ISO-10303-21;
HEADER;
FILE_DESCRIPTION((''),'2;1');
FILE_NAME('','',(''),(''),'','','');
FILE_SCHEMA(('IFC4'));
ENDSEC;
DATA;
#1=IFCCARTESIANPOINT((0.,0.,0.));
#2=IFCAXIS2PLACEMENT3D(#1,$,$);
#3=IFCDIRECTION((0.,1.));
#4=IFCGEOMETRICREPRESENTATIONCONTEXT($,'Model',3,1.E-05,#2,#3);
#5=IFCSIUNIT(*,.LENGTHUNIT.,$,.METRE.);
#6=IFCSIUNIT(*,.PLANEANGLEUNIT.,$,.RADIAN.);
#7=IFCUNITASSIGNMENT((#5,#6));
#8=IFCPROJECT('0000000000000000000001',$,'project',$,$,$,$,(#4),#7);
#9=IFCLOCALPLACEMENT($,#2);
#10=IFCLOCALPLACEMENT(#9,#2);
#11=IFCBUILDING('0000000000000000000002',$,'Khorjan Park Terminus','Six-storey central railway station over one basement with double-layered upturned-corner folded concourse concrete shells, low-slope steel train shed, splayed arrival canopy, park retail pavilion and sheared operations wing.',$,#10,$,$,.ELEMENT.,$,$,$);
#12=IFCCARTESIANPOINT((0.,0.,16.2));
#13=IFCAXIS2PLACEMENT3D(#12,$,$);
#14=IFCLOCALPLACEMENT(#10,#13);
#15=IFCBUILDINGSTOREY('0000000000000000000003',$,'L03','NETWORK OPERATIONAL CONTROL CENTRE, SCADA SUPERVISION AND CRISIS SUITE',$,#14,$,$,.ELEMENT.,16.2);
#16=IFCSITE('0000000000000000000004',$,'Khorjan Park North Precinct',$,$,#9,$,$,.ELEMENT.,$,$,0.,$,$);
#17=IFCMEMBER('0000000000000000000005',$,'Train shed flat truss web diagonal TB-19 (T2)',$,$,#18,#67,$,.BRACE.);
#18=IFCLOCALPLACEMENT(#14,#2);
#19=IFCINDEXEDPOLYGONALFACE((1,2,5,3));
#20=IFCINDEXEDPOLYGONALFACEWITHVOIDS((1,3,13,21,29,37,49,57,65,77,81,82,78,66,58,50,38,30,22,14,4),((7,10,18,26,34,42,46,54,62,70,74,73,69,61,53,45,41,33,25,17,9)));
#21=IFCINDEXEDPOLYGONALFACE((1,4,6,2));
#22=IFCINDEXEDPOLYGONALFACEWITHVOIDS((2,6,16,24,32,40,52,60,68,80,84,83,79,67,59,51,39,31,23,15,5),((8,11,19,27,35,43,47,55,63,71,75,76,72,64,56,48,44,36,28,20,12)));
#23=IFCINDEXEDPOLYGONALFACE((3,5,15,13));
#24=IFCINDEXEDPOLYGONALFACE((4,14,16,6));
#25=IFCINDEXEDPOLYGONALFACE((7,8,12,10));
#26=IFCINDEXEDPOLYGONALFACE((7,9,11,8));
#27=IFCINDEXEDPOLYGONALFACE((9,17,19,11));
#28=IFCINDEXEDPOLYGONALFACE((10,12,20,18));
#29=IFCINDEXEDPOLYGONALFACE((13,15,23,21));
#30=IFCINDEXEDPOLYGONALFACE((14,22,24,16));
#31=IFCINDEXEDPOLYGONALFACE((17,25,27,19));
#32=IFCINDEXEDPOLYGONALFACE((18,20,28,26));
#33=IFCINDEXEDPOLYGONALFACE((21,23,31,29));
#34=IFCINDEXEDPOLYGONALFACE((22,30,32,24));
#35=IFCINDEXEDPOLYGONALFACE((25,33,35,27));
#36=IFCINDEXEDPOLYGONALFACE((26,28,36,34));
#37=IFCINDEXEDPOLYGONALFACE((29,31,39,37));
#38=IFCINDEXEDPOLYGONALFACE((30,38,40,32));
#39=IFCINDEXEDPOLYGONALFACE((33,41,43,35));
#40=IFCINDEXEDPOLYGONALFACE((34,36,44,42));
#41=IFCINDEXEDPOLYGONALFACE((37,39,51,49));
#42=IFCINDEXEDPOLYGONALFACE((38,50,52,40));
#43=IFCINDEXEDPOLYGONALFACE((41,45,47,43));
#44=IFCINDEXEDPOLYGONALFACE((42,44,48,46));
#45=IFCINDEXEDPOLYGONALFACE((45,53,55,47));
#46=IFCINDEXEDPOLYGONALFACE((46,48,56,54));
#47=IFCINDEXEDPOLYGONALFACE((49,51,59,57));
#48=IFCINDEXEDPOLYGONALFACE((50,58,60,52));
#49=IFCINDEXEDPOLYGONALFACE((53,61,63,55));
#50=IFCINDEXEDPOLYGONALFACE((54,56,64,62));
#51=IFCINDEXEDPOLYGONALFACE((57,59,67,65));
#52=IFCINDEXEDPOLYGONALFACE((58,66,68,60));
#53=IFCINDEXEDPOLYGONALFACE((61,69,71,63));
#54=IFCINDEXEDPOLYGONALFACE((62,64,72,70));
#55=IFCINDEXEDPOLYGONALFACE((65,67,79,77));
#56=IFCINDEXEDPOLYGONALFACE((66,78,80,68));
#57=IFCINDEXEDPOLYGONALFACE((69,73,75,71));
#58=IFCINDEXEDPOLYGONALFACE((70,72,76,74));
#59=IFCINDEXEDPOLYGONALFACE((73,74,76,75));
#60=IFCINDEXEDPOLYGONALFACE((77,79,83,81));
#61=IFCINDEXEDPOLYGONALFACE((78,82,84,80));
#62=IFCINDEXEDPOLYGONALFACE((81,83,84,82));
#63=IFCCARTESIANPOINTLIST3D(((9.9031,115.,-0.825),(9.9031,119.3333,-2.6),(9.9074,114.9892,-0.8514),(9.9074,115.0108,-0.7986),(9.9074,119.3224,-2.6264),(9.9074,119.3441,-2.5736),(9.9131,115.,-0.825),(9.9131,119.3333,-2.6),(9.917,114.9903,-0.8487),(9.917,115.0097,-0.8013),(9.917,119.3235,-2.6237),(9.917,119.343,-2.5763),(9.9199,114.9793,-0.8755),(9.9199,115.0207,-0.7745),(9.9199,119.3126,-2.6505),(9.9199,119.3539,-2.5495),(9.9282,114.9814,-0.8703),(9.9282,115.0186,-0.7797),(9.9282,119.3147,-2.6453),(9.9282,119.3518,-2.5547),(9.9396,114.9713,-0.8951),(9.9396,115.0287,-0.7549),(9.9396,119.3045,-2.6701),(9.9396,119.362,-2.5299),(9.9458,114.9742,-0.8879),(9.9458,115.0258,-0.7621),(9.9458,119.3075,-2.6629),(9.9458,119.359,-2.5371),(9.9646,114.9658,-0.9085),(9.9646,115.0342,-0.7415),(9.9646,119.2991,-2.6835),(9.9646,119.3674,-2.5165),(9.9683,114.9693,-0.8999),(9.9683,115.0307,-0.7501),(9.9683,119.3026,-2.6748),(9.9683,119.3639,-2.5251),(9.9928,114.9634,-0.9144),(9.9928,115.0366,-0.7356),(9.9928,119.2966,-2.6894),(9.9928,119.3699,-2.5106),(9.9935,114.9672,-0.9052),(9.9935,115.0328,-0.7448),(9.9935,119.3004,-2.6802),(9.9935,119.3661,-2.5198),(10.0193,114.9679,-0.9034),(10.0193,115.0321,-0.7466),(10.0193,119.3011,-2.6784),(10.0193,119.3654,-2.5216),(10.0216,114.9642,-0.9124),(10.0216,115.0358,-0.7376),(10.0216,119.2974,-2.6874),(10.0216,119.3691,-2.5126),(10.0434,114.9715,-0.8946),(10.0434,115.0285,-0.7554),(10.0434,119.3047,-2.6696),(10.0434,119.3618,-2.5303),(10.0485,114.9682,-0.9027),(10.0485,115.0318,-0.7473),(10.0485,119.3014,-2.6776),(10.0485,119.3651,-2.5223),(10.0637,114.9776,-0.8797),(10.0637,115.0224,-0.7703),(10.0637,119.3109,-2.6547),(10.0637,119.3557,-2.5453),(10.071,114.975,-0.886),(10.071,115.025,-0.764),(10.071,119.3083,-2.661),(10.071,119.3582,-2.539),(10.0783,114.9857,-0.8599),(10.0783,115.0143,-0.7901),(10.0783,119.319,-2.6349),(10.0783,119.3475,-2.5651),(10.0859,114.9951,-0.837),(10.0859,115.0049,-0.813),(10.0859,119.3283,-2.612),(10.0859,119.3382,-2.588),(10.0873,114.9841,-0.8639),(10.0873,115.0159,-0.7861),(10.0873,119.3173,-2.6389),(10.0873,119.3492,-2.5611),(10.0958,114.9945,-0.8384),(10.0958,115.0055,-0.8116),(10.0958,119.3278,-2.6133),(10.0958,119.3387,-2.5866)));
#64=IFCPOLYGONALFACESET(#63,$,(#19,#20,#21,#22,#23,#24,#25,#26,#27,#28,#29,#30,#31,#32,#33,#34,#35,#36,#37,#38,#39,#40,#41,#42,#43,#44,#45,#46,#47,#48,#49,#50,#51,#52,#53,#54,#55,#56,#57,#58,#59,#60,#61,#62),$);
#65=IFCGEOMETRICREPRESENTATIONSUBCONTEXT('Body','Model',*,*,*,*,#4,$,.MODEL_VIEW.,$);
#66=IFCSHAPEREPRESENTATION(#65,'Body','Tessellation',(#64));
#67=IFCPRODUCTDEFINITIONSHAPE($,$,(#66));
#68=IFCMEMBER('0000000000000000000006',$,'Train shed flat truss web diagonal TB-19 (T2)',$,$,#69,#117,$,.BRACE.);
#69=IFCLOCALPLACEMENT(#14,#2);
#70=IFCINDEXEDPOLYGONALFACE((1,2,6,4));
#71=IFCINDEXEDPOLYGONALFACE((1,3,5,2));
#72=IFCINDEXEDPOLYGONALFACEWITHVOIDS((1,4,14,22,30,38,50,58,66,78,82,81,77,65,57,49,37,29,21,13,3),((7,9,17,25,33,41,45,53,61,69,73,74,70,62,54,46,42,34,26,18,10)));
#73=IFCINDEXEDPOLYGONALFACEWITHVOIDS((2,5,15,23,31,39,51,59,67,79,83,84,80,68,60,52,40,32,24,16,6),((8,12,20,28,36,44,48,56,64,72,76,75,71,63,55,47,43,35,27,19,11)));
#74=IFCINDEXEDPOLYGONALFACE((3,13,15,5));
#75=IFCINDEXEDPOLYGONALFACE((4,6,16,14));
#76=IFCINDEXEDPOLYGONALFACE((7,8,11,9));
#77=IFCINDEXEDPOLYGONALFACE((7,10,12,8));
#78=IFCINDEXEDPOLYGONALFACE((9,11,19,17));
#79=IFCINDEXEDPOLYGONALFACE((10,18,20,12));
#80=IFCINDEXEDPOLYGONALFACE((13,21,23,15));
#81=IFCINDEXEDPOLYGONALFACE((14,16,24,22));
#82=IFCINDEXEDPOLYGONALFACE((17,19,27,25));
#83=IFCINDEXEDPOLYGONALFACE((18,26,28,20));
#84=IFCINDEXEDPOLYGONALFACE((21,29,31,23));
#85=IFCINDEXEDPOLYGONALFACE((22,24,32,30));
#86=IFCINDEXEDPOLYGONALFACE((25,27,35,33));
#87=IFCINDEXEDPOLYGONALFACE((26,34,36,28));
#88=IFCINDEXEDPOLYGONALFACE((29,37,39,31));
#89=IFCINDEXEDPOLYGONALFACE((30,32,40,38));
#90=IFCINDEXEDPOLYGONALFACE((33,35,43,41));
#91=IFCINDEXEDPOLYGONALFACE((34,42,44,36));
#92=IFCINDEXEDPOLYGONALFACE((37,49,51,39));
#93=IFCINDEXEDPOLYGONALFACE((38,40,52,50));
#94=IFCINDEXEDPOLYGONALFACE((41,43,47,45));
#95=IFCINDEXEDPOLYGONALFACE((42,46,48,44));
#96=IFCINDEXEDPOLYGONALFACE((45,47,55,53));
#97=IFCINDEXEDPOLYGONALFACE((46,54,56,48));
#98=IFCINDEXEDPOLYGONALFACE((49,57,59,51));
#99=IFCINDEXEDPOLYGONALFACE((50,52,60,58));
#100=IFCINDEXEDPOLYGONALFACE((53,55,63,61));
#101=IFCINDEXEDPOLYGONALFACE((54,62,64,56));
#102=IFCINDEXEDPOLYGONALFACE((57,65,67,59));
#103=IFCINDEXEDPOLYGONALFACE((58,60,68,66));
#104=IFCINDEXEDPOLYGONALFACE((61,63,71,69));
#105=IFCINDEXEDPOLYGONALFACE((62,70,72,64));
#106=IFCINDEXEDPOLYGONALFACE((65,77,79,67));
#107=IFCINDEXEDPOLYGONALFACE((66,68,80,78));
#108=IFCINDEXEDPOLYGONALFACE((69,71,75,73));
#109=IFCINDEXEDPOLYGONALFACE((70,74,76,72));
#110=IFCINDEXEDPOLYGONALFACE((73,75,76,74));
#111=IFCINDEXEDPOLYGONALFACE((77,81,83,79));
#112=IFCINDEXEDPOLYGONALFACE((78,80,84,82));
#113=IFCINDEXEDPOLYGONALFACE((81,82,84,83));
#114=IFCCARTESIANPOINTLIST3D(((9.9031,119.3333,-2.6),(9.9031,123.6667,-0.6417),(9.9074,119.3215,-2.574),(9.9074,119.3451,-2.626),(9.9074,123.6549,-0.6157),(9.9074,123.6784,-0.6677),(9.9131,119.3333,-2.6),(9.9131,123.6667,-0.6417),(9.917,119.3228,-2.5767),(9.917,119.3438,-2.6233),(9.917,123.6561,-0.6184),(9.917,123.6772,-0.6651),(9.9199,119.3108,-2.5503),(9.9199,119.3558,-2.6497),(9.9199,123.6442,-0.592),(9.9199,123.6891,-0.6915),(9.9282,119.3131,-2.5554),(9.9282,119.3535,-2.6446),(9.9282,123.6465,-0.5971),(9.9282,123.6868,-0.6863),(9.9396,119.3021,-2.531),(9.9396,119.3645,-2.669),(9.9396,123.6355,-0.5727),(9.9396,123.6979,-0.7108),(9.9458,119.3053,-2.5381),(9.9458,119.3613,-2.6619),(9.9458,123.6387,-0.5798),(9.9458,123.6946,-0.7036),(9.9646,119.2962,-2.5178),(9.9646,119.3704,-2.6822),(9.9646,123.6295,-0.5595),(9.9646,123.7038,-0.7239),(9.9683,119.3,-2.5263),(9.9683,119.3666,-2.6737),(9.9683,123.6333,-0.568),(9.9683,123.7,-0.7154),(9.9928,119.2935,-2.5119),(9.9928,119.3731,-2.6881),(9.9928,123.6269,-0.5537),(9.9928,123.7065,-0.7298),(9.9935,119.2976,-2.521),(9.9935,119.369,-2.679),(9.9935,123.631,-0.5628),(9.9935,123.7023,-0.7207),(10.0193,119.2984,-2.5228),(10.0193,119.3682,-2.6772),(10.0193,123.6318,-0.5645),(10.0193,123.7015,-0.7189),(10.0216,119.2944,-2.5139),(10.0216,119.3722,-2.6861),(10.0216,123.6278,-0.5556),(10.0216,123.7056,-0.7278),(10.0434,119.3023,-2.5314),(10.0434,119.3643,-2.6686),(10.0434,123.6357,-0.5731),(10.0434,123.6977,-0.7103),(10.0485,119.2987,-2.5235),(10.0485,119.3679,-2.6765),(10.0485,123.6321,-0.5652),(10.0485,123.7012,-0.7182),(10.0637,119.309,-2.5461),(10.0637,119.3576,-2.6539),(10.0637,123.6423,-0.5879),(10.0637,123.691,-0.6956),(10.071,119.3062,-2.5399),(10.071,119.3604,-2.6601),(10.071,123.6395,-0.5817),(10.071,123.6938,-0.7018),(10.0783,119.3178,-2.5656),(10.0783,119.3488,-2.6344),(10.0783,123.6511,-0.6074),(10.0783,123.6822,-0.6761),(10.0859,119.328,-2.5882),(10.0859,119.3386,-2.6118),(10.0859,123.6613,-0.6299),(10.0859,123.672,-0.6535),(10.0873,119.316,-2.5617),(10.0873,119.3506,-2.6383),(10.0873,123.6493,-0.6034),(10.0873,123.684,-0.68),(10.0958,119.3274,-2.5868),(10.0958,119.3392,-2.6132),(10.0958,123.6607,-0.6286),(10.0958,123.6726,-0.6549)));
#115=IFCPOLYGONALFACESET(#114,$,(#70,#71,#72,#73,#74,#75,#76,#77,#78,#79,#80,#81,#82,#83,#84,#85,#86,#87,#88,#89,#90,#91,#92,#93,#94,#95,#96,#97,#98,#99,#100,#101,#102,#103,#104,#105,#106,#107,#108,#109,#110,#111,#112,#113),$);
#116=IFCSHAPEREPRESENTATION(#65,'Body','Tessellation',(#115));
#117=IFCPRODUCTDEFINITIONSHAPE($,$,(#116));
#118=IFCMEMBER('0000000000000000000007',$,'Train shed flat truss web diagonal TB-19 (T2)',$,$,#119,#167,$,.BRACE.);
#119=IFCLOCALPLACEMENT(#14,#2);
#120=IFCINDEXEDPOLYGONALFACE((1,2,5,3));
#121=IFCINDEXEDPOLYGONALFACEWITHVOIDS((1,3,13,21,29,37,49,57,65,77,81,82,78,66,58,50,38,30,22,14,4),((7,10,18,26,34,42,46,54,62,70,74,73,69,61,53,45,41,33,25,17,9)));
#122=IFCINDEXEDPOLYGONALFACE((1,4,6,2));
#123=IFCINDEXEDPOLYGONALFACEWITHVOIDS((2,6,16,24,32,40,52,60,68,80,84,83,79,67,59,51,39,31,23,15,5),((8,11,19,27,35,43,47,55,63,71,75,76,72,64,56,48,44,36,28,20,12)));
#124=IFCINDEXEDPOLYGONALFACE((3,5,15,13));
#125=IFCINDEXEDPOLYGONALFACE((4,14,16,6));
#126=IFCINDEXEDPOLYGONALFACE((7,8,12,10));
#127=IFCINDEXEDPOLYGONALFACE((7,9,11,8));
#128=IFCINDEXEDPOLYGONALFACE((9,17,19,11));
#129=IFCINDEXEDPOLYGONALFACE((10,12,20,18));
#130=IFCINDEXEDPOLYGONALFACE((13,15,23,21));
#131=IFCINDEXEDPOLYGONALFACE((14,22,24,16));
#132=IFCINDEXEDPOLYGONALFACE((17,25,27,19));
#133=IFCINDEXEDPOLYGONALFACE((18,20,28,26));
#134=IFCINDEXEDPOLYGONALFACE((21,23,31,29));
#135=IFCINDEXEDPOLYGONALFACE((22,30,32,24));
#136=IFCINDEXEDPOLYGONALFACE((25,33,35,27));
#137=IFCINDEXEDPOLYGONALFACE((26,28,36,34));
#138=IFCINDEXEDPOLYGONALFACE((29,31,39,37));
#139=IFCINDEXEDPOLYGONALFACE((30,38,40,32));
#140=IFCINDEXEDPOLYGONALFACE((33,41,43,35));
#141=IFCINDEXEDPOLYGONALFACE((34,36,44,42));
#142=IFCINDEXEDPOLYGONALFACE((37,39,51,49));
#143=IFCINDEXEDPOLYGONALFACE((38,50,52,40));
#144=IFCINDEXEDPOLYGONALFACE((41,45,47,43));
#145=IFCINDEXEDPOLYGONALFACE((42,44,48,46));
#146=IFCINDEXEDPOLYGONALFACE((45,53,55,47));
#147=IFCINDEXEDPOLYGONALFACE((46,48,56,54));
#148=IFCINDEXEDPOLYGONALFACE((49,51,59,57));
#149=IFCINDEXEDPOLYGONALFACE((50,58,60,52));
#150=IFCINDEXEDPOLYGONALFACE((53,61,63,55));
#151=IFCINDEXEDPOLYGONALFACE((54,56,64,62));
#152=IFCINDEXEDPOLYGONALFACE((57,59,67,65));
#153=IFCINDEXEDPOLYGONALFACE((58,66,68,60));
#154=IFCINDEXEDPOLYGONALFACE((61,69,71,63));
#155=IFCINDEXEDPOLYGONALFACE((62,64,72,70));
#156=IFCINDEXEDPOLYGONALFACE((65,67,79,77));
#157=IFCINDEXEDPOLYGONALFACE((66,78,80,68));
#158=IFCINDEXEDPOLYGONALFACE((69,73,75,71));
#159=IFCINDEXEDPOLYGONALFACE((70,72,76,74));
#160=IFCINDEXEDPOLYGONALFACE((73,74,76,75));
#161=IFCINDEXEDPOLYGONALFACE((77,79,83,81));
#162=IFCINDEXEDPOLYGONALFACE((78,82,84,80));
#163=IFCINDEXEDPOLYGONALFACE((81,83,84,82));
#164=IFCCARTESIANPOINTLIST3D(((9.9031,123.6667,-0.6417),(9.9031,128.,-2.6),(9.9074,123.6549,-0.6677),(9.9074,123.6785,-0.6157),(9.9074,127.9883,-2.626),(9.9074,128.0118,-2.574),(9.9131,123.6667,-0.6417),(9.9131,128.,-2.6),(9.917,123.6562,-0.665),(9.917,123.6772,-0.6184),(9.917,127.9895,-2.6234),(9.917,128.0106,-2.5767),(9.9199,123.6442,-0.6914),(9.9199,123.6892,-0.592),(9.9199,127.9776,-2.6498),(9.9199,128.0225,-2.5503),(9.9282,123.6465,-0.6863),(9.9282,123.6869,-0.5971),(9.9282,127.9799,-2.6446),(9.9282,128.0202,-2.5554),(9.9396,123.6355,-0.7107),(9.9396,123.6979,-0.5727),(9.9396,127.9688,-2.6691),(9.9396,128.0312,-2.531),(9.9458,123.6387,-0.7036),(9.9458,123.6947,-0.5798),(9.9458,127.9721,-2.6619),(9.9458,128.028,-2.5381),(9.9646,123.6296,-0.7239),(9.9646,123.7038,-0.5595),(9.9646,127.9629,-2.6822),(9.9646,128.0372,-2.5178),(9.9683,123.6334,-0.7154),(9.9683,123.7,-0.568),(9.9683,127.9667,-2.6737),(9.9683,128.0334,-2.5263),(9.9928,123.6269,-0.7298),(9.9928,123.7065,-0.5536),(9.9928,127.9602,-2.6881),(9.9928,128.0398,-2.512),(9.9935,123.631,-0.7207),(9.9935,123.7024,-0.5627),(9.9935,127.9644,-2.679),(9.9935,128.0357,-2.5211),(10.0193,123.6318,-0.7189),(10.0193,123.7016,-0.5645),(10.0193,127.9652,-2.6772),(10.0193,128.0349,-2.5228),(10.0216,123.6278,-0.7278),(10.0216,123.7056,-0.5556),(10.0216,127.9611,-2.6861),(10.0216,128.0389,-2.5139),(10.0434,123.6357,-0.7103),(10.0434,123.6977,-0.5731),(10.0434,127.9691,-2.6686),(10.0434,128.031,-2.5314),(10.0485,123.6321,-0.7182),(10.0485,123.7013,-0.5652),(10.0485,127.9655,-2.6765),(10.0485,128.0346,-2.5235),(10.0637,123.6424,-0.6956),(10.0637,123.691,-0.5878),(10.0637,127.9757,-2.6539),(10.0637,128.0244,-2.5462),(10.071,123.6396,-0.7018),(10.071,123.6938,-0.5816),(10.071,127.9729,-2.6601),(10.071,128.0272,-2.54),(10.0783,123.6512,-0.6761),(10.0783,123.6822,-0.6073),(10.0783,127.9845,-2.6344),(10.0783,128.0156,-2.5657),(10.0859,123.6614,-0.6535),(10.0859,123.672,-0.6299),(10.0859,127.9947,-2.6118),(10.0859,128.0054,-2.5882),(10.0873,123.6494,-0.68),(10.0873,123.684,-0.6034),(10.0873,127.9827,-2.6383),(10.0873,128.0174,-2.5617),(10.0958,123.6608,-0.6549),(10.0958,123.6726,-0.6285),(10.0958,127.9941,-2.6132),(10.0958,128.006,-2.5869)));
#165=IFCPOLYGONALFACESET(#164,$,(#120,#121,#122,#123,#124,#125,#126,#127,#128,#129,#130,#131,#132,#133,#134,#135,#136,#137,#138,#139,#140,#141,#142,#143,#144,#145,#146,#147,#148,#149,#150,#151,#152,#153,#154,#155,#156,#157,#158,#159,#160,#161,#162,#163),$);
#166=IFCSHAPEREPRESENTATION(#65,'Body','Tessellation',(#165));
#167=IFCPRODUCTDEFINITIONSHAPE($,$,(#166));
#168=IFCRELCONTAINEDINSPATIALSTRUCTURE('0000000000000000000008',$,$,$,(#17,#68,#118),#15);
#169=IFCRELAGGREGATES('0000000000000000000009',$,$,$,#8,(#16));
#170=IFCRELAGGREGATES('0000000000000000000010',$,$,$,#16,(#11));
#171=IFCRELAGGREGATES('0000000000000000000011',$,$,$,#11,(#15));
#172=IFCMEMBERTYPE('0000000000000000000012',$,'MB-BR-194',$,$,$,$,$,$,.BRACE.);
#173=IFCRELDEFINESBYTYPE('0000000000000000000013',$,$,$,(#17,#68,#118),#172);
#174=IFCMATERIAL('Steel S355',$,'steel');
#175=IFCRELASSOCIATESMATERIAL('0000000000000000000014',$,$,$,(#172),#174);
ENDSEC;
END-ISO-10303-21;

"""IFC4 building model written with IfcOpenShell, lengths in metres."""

from ifc_helpers import new_model, si_unit, direction, frame, origin, origin_2d, place, context, subcontext, project, spatial, hollow_circle, extrude, material, material_profile, profile_set, type_object, element, save


model = new_model("IFC4")

# Units and contexts
model_context = context("Model", 3, precision=1e-05, world=origin(), true_north=direction((0.0, 1.0)))
body_context = subcontext(model_context, "Body", "Model", "MODEL_VIEW")
ifc_project = project(units=[si_unit("LENGTHUNIT", "METRE"), si_unit("PLANEANGLEUNIT", "RADIAN")], contexts=[model_context])

# Site, building, storey
site_placement = place(None, origin())
site = spatial("IfcSite", under=ifc_project, at=site_placement, Name="Khorjan Park North Precinct", CompositionType="ELEMENT", RefElevation=0.0)
building_placement = place(site_placement, origin())
building = spatial("IfcBuilding", under=site, at=building_placement, Name="Khorjan Park Terminus", Description="Six-storey central railway station over one basement with double-layered upturned-corner folded concourse concrete shells, low-slope steel train shed, splayed arrival canopy, park retail pavilion and sheared operations wing.", CompositionType="ELEMENT")
storey_placement = place(building_placement, frame((0.0, 0.0, 16.2)))
storey = spatial("IfcBuildingStorey", under=building, at=storey_placement, Name="L03", Description="NETWORK OPERATIONAL CONTROL CENTRE, SCADA SUPERVISION AND CRISIS SUITE", CompositionType="ELEMENT", Elevation=16.2)

# Members
ifc_material = material(Name="Steel S355", Category="steel")
ifc_material_profile_1 = material_profile(ifc_material, hollow_circle(Radius=0.0969, WallThickness=0.01, at=origin_2d()), Name="CHS 193.7x10")
ifc_profile_set_1 = profile_set([ifc_material_profile_1], Name="Steel S355")
member_type_1 = type_object("IfcMemberType", Name="MB-BR-194", PredefinedType="BRACE", material=ifc_profile_set_1)
member_1_placement = place(storey_placement, frame((10.0, 115.0, -0.825), z_axis=(0.0, 0.925376, -0.379051), x_axis=(-1.0, 0.0, 0.0)))
element("IfcMember", 1, at=member_1_placement, inside=storey, type_object=member_type_1, Name="Train shed flat truss web diagonal TB-19 (T2)", PredefinedType="BRACE", context=body_context, shape_type="SweptSolid", body=[
    extrude(hollow_circle(Radius=0.0969, WallThickness=0.01, at=origin_2d()), origin(), (0.0, 0.0, 1.0), 4.6827),
])
for number, where, z_axis, x_axis, name in (
    (2, (10.0, 119.3333, -2.6), (0.0, 0.91127, 0.41181), (-1.0, 0.0, 0.0), "Train shed flat truss web diagonal TB-19 (T2)"),
    (3, (10.0, 123.6667, -0.6417), (0.0, 0.911266, -0.411818), (-1.0, 0.0, 0.0), "Train shed flat truss web diagonal TB-19 (T2)"),
):
    element("IfcMember", number, at=place(storey_placement, frame(where, z_axis=z_axis, x_axis=x_axis)), inside=storey, type_object=member_type_1, Name=name, PredefinedType="BRACE", context=body_context, shape_type="SweptSolid", body=[
        extrude(hollow_circle(Radius=0.0969, WallThickness=0.01, at=origin_2d()), origin(), (0.0, 0.0, 1.0), 4.7553),
    ])

save(model, "model.ifc")
